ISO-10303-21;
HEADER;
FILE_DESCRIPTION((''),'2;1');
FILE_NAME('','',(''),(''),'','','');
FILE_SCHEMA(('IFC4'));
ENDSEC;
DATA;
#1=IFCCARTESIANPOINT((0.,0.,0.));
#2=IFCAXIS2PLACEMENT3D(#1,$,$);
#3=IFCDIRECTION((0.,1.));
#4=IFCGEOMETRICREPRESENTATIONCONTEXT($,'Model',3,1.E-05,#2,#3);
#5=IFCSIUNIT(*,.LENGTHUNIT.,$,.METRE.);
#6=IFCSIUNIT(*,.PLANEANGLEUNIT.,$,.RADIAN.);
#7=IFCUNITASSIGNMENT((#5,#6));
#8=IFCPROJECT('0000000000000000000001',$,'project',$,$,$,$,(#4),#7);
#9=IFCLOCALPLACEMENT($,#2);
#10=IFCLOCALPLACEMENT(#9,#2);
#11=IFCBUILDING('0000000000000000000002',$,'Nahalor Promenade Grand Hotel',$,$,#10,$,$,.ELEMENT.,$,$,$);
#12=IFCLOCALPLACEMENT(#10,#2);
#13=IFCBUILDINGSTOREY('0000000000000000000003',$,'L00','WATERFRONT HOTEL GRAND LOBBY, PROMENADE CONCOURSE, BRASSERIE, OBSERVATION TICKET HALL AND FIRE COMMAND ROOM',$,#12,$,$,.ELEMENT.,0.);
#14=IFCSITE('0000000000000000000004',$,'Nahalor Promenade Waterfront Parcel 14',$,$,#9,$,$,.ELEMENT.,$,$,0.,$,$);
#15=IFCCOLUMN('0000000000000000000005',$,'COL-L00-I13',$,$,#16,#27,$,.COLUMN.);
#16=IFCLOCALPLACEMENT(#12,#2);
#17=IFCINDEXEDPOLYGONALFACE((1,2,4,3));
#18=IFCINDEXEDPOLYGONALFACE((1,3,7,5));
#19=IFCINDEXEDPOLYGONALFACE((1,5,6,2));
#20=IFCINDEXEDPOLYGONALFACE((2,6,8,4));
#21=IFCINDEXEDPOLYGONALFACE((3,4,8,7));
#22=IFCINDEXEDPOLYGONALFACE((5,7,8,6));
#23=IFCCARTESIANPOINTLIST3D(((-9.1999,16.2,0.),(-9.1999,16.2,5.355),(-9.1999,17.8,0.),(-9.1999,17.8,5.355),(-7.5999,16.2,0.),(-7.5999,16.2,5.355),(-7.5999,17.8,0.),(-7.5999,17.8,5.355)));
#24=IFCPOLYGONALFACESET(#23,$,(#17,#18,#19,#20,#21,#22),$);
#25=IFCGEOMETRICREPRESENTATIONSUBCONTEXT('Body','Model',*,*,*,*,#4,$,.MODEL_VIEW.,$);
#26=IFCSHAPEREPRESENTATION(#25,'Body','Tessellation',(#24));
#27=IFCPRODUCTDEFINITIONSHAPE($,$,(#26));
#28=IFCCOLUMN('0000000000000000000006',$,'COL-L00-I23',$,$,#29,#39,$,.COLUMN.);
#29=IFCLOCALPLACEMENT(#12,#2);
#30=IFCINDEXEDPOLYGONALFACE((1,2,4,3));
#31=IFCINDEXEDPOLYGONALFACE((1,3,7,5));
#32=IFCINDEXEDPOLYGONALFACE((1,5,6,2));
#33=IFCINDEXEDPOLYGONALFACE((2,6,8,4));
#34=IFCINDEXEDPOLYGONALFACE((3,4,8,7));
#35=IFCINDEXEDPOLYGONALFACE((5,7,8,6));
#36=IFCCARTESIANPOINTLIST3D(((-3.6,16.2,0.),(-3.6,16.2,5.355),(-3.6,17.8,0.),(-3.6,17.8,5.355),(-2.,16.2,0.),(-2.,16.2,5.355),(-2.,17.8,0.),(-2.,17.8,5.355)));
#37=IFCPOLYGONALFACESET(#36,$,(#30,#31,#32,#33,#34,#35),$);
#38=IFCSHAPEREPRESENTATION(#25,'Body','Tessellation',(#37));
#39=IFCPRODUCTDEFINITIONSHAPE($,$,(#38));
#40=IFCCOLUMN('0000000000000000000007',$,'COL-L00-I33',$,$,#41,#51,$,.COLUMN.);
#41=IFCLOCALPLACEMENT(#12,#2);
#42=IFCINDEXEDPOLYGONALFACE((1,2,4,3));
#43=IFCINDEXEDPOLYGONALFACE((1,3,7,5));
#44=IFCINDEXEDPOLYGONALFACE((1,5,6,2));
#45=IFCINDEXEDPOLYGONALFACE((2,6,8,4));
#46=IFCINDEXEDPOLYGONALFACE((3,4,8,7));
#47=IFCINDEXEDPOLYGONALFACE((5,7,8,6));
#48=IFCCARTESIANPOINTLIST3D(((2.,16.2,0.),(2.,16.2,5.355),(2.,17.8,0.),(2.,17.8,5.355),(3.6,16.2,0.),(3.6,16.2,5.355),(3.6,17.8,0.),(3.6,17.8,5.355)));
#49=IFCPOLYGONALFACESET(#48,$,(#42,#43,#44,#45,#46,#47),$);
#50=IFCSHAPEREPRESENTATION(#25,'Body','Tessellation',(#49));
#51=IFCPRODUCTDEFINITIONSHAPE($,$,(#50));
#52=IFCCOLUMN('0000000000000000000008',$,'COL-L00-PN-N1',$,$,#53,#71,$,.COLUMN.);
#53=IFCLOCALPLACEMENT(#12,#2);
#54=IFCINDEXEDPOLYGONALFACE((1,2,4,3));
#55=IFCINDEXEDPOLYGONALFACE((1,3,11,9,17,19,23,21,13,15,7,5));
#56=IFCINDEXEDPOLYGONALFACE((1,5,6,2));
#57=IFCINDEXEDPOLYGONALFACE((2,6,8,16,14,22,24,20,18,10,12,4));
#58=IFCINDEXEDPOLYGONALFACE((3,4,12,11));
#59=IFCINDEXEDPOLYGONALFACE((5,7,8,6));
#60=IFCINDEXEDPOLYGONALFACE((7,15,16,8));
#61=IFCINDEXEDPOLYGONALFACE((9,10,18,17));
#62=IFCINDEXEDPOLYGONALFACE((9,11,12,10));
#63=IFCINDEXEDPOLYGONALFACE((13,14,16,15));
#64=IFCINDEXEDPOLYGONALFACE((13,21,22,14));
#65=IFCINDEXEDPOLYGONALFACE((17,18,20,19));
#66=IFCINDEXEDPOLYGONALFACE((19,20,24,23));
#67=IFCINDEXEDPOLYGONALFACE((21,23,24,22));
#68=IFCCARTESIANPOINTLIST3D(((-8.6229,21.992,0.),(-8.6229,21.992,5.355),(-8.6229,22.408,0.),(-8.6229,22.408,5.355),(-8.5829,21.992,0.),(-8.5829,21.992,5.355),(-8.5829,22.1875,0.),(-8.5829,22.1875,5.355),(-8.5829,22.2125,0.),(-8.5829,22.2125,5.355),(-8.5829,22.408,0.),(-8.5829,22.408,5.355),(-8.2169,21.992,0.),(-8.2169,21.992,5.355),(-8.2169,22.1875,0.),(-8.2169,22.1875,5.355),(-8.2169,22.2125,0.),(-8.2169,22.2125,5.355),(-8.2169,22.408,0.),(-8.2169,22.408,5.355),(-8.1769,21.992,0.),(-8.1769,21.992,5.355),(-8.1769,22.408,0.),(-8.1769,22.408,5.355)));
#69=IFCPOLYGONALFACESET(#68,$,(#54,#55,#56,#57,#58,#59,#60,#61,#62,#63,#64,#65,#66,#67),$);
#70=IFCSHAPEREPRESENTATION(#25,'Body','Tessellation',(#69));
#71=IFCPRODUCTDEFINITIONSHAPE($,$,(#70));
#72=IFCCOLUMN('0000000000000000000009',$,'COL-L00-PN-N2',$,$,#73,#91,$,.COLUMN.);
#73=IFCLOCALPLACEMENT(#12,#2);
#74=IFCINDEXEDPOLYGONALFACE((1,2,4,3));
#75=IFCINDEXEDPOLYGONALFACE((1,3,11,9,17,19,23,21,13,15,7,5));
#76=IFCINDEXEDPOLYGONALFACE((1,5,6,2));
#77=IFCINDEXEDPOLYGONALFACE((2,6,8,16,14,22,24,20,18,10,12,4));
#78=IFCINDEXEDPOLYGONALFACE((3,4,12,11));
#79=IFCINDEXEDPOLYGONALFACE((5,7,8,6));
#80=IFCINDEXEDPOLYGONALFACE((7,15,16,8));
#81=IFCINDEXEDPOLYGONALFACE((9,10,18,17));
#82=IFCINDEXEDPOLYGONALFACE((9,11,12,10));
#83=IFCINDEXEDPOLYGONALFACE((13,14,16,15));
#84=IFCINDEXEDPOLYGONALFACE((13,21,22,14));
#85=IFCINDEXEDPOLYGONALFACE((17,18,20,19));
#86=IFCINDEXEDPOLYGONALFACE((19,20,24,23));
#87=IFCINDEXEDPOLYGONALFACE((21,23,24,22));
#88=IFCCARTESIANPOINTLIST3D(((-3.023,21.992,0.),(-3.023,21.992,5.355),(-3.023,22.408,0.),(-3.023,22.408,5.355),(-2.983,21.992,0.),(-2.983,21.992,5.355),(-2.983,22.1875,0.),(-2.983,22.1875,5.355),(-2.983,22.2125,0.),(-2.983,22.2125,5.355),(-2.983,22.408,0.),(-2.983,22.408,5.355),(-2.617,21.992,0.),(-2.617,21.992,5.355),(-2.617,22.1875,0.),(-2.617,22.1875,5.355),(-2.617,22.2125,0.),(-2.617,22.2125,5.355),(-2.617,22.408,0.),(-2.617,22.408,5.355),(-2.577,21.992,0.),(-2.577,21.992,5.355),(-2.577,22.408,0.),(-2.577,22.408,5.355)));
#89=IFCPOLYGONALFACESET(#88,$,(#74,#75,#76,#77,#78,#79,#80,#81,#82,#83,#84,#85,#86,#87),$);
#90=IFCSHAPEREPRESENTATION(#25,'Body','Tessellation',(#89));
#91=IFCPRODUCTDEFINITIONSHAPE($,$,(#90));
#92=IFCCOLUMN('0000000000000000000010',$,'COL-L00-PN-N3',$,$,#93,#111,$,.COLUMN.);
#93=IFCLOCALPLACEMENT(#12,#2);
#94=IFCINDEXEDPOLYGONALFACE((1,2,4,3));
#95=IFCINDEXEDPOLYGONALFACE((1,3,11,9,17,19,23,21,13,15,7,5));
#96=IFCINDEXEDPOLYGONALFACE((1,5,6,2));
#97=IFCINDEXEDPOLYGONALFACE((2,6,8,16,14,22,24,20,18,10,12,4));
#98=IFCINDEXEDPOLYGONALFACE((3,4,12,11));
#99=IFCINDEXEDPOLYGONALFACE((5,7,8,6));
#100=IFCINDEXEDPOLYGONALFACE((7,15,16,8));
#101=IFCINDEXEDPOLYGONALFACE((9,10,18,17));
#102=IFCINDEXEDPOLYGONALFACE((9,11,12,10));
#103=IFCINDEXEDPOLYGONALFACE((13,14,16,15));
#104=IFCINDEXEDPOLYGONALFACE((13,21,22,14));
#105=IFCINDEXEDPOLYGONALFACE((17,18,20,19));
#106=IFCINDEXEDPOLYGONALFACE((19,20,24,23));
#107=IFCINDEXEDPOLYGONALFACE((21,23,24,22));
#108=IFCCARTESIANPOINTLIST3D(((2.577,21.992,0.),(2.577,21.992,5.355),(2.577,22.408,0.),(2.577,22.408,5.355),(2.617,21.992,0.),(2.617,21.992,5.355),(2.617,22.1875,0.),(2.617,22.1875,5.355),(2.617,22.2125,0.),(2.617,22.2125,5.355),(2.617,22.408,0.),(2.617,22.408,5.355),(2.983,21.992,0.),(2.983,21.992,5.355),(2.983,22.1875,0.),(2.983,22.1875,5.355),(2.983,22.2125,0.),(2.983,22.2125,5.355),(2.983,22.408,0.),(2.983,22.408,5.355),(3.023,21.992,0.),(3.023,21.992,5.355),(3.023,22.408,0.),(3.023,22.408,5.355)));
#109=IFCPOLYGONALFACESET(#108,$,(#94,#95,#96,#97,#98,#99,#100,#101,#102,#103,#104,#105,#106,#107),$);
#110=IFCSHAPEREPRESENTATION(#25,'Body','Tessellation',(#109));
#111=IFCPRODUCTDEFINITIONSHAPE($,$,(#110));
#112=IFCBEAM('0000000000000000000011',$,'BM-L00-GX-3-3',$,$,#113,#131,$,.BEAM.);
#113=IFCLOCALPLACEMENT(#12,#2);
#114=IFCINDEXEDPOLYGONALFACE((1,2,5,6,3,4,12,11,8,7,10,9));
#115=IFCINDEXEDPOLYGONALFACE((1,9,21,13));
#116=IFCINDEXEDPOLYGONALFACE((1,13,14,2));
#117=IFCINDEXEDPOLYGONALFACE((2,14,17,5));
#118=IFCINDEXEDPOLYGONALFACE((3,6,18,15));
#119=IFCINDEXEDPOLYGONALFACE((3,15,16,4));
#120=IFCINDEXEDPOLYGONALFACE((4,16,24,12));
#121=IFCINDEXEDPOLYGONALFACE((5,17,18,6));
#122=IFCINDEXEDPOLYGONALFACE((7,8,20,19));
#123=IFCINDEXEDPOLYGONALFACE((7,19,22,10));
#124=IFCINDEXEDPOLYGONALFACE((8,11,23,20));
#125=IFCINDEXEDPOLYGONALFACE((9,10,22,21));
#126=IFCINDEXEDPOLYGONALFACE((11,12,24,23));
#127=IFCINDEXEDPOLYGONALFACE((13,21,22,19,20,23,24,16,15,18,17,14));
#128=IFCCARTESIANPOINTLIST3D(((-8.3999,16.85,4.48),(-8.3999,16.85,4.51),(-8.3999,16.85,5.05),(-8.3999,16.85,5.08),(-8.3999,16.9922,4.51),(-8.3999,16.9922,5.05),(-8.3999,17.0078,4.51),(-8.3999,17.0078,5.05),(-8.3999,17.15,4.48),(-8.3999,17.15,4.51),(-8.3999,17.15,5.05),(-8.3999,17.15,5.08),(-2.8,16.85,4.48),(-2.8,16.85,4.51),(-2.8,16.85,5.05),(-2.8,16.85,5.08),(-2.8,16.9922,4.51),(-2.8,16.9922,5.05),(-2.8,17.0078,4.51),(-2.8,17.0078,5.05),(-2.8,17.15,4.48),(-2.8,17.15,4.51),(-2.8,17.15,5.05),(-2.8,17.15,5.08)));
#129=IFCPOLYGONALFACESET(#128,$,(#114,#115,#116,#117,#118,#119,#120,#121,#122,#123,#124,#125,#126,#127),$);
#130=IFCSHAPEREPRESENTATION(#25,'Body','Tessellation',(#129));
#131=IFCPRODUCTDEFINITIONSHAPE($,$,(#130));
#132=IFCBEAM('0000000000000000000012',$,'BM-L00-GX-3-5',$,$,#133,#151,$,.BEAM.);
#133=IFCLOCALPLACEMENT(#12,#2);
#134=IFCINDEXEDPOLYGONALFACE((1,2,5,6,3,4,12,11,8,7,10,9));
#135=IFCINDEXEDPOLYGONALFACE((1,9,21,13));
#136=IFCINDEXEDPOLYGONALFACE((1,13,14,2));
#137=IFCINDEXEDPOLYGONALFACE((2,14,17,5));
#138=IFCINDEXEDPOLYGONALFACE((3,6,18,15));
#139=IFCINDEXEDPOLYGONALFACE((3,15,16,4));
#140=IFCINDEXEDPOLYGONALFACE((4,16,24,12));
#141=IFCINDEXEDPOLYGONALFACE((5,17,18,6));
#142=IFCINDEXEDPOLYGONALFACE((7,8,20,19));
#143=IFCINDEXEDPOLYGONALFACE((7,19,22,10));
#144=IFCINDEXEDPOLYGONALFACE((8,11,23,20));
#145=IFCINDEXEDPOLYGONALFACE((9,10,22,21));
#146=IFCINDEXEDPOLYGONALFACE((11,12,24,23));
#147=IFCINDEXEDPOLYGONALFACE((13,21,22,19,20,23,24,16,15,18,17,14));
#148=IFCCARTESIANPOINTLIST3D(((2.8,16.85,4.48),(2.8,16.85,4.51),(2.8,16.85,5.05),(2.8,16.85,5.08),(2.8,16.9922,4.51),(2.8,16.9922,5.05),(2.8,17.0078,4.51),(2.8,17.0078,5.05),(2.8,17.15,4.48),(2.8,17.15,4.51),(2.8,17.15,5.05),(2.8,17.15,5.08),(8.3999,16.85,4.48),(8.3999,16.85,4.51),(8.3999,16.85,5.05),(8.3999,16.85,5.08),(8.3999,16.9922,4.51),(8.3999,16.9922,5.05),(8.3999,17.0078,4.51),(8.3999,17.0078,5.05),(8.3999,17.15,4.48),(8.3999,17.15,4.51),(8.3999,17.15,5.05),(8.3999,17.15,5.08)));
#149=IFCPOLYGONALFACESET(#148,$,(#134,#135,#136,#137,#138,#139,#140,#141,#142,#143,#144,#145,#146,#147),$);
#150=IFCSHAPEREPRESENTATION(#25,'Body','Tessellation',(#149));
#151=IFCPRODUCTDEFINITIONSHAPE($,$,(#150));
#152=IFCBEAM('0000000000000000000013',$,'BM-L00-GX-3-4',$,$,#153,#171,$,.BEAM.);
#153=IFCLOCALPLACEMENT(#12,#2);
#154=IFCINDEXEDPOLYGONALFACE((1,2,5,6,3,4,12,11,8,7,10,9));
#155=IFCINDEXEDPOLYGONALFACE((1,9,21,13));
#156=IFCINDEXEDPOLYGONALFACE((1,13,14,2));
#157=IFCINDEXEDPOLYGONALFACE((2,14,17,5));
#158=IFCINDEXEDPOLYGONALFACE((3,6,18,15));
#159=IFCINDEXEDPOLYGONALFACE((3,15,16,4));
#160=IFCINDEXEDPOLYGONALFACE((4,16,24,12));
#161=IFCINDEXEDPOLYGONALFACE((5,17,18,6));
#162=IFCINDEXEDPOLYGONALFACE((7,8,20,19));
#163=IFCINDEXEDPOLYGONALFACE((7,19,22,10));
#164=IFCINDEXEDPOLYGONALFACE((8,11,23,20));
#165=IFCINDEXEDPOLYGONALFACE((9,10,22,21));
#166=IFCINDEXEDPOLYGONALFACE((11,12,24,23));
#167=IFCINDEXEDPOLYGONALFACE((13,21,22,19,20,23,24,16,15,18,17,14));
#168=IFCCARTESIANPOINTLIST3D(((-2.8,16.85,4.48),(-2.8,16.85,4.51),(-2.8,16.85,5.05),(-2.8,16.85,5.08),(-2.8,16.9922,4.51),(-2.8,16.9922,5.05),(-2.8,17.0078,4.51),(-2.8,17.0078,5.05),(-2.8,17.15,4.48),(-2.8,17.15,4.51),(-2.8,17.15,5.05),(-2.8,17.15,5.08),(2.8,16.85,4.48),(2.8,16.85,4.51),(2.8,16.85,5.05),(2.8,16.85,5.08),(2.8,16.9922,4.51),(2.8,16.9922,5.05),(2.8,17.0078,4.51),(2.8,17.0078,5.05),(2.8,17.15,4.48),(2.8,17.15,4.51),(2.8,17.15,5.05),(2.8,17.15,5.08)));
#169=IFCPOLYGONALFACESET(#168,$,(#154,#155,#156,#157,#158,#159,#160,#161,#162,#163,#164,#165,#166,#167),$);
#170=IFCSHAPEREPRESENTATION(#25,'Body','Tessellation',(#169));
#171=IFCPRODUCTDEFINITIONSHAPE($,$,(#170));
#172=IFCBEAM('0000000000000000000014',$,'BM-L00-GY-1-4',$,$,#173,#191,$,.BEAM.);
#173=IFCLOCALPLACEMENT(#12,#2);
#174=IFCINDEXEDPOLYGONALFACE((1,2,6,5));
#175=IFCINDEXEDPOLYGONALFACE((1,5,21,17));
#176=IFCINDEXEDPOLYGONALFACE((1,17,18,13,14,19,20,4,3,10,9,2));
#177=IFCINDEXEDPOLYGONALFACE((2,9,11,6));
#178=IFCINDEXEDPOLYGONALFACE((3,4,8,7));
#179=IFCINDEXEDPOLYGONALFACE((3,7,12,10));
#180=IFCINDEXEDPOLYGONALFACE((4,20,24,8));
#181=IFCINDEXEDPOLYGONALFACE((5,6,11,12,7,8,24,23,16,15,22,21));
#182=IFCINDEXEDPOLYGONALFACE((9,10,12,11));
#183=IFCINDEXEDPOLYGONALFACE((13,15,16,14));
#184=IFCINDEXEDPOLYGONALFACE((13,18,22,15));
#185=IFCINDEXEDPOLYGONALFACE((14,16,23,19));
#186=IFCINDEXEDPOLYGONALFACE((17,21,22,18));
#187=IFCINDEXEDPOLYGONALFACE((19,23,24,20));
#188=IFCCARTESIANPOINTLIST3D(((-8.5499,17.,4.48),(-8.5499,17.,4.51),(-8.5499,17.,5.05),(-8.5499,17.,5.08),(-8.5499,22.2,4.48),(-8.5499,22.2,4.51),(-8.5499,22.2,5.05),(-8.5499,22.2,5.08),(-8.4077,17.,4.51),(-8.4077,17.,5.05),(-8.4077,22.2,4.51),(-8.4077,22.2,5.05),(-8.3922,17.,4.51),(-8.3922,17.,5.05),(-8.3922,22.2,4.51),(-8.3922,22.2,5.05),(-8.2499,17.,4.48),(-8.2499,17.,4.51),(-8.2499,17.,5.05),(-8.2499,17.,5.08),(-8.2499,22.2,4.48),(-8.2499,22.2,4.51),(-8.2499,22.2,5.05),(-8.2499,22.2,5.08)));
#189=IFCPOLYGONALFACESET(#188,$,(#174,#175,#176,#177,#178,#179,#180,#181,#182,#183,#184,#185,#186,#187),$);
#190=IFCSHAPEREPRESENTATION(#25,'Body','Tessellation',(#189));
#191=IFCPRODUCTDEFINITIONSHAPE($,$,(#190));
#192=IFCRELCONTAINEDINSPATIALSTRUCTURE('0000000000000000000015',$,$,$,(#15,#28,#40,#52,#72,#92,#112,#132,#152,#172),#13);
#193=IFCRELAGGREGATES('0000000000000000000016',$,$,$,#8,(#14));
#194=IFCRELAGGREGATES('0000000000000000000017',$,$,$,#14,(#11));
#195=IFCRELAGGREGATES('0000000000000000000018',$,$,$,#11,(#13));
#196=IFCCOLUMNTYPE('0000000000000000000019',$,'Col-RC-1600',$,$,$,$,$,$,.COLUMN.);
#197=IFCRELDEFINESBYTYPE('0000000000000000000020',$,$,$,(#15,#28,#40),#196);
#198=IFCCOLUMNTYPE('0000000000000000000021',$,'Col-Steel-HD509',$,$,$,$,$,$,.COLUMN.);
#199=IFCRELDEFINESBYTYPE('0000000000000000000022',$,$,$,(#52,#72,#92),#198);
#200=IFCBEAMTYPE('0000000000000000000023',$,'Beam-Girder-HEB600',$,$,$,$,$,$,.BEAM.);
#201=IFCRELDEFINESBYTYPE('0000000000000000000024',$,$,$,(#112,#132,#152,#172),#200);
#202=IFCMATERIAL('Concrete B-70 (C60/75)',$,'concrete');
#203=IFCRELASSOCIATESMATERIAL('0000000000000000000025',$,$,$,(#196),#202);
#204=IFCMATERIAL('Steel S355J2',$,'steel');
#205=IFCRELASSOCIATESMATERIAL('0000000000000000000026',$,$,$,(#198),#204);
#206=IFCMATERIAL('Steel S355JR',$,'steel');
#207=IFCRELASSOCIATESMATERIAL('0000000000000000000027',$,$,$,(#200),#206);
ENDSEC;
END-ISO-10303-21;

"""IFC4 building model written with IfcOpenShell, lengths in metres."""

from ifc_helpers import new_model, si_unit, direction, frame, origin, origin_2d, place, context, subcontext, project, spatial, rectangle, i_section, extrude, source, transform, mapped, material, material_profile, profile_set, type_object, element, save


model = new_model("IFC4")

# Units and contexts
model_context = context("Model", 3, precision=1e-05, world=origin(), true_north=direction((0.0, 1.0)))
body_context = subcontext(model_context, "Body", "Model", "MODEL_VIEW")
ifc_project = project(units=[si_unit("LENGTHUNIT", "METRE"), si_unit("PLANEANGLEUNIT", "RADIAN")], contexts=[model_context])

# Site, building, storey
site_placement = place(None, origin())
site = spatial("IfcSite", under=ifc_project, at=site_placement, Name="Nahalor Promenade Waterfront Parcel 14", CompositionType="ELEMENT", RefElevation=0.0)
building_placement = place(site_placement, origin())
building = spatial("IfcBuilding", under=site, at=building_placement, Name="Nahalor Promenade Grand Hotel", CompositionType="ELEMENT")
storey_placement = place(building_placement, origin())
storey = spatial("IfcBuildingStorey", under=building, at=storey_placement, Name="L00", Description="WATERFRONT HOTEL GRAND LOBBY, PROMENADE CONCOURSE, BRASSERIE, OBSERVATION TICKET HALL AND FIRE COMMAND ROOM", CompositionType="ELEMENT", Elevation=0.0)

# Columns
ifc_material_1 = material(Name="Concrete B-70 (C60/75)", Category="concrete")
ifc_material_profile_1 = material_profile(ifc_material_1, rectangle(XDim=1.6, YDim=1.6, at=origin_2d()), Name="RC 1600x1600")
ifc_profile_set_1 = profile_set([ifc_material_profile_1], Name="Concrete B-70 (C60/75)")
column_type_1 = type_object("IfcColumnType", Name="Col-RC-1600", PredefinedType="COLUMN", material=ifc_profile_set_1)
shared_shape_1 = source(origin(), body_context, "Body", "SweptSolid", [
    extrude(rectangle(XDim=1.6, YDim=1.6, at=origin_2d()), origin(), (0.0, 0.0, 1.0), 5.355),
])
for number, where, z_axis, x_axis, name in (
    (1, (-8.3999, 17.0, 0.0), (0.0, 0.0, 1.0), (1.0, 0.0, 0.0), "COL-L00-I13"),
    (2, (-2.8, 17.0, 0.0), (0.0, 0.0, 1.0), (1.0, 0.0, 0.0), "COL-L00-I23"),
    (3, (2.8, 17.0, 0.0), (0.0, 0.0, 1.0), (1.0, 0.0, 0.0), "COL-L00-I33"),
):
    element("IfcColumn", number, at=place(storey_placement, frame(where, z_axis=z_axis, x_axis=x_axis)), inside=storey, type_object=column_type_1, Name=name, PredefinedType="COLUMN", context=body_context, shape_type="MappedRepresentation", body=[
        mapped(shared_shape_1, transform((0.0, 0.0, 0.0), scale=1.0)),
    ])
ifc_material_2 = material(Name="Steel S355J2", Category="steel")
ifc_material_profile_2 = material_profile(ifc_material_2, i_section(OverallWidth=0.416, OverallDepth=0.446, WebThickness=0.025, FlangeThickness=0.04, at=origin_2d()), Name="HD 400x509")
ifc_profile_set_2 = profile_set([ifc_material_profile_2], Name="Steel S355J2")
column_type_2 = type_object("IfcColumnType", Name="Col-Steel-HD509", PredefinedType="COLUMN", material=ifc_profile_set_2)
shared_shape_2 = source(origin(), body_context, "Body", "SweptSolid", [
    extrude(i_section(OverallWidth=0.416, OverallDepth=0.446, WebThickness=0.025, FlangeThickness=0.04, at=origin_2d()), origin(), (0.0, 0.0, 1.0), 5.355),
])
for number, where, z_axis, x_axis, name in (
    (4, (-8.3999, 22.2, 0.0), (0.0, 0.0, 1.0), (0.0, 1.0, 0.0), "COL-L00-PN-N1"),
    (5, (-2.8, 22.2, 0.0), (0.0, 0.0, 1.0), (0.0, 1.0, 0.0), "COL-L00-PN-N2"),
    (6, (2.8, 22.2, 0.0), (0.0, 0.0, 1.0), (0.0, 1.0, 0.0), "COL-L00-PN-N3"),
):
    element("IfcColumn", number, at=place(storey_placement, frame(where, z_axis=z_axis, x_axis=x_axis)), inside=storey, type_object=column_type_2, Name=name, PredefinedType="COLUMN", context=body_context, shape_type="MappedRepresentation", body=[
        mapped(shared_shape_2, transform((0.0, 0.0, 0.0), scale=1.0)),
    ])

# Beams
ifc_material_3 = material(Name="Steel S355JR", Category="steel")
ifc_material_profile_3 = material_profile(ifc_material_3, i_section(OverallWidth=0.3, OverallDepth=0.6, WebThickness=0.0155, FlangeThickness=0.03, at=origin_2d()), Name="HEB 600")
ifc_profile_set_3 = profile_set([ifc_material_profile_3], Name="Steel S355JR")
beam_type_1 = type_object("IfcBeamType", Name="Beam-Girder-HEB600", PredefinedType="BEAM", material=ifc_profile_set_3)
shared_shape_3 = source(origin(), body_context, "Body", "SweptSolid", [
    extrude(i_section(OverallWidth=0.3, OverallDepth=0.6, WebThickness=0.0155, FlangeThickness=0.03, at=origin_2d()), origin(), (0.0, 0.0, 1.0), 5.5999),
])
for number, where, z_axis, x_axis, name in (
    (7, (-8.3999, 17.0, 4.78), (1.0, 0.0, 0.0), (0.0, 1.0, 0.0), "BM-L00-GX-3-3"),
    (8, (2.8, 17.0, 4.78), (1.0, 0.0, 0.0), (0.0, 1.0, 0.0), "BM-L00-GX-3-5"),
):
    element("IfcBeam", number, at=place(storey_placement, frame(where, z_axis=z_axis, x_axis=x_axis)), inside=storey, type_object=beam_type_1, Name=name, PredefinedType="BEAM", context=body_context, shape_type="MappedRepresentation", body=[
        mapped(shared_shape_3, transform((0.0, 0.0, 0.0), scale=1.0)),
    ])
shared_shape_4 = source(origin(), body_context, "Body", "SweptSolid", [
    extrude(i_section(OverallWidth=0.3, OverallDepth=0.6, WebThickness=0.0155, FlangeThickness=0.03, at=origin_2d()), origin(), (0.0, 0.0, 1.0), 5.6001),
])
beam_1_placement = place(storey_placement, frame((-2.8, 17.0, 4.78), z_axis=(1.0, 0.0, 0.0), x_axis=(0.0, 1.0, 0.0)))
element("IfcBeam", 9, at=beam_1_placement, inside=storey, type_object=beam_type_1, Name="BM-L00-GX-3-4", PredefinedType="BEAM", context=body_context, shape_type="MappedRepresentation", body=[
    mapped(shared_shape_4, transform((0.0, 0.0, 0.0), scale=1.0)),
])
shared_shape_5 = source(origin(), body_context, "Body", "SweptSolid", [
    extrude(i_section(OverallWidth=0.3, OverallDepth=0.6, WebThickness=0.0155, FlangeThickness=0.03, at=origin_2d()), origin(), (0.0, 0.0, 1.0), 5.2),
])
for number, where, z_axis, x_axis, name in (
    (10, (-8.3999, 17.0, 4.78), (0.0, 1.0, 0.0), (-1.0, 0.0, 0.0), "BM-L00-GY-1-4"),
):
    element("IfcBeam", number, at=place(storey_placement, frame(where, z_axis=z_axis, x_axis=x_axis)), inside=storey, type_object=beam_type_1, Name=name, PredefinedType="BEAM", context=body_context, shape_type="MappedRepresentation", body=[
        mapped(shared_shape_5, transform((0.0, 0.0, 0.0), scale=1.0)),
    ])

save(model, "model.ifc")
